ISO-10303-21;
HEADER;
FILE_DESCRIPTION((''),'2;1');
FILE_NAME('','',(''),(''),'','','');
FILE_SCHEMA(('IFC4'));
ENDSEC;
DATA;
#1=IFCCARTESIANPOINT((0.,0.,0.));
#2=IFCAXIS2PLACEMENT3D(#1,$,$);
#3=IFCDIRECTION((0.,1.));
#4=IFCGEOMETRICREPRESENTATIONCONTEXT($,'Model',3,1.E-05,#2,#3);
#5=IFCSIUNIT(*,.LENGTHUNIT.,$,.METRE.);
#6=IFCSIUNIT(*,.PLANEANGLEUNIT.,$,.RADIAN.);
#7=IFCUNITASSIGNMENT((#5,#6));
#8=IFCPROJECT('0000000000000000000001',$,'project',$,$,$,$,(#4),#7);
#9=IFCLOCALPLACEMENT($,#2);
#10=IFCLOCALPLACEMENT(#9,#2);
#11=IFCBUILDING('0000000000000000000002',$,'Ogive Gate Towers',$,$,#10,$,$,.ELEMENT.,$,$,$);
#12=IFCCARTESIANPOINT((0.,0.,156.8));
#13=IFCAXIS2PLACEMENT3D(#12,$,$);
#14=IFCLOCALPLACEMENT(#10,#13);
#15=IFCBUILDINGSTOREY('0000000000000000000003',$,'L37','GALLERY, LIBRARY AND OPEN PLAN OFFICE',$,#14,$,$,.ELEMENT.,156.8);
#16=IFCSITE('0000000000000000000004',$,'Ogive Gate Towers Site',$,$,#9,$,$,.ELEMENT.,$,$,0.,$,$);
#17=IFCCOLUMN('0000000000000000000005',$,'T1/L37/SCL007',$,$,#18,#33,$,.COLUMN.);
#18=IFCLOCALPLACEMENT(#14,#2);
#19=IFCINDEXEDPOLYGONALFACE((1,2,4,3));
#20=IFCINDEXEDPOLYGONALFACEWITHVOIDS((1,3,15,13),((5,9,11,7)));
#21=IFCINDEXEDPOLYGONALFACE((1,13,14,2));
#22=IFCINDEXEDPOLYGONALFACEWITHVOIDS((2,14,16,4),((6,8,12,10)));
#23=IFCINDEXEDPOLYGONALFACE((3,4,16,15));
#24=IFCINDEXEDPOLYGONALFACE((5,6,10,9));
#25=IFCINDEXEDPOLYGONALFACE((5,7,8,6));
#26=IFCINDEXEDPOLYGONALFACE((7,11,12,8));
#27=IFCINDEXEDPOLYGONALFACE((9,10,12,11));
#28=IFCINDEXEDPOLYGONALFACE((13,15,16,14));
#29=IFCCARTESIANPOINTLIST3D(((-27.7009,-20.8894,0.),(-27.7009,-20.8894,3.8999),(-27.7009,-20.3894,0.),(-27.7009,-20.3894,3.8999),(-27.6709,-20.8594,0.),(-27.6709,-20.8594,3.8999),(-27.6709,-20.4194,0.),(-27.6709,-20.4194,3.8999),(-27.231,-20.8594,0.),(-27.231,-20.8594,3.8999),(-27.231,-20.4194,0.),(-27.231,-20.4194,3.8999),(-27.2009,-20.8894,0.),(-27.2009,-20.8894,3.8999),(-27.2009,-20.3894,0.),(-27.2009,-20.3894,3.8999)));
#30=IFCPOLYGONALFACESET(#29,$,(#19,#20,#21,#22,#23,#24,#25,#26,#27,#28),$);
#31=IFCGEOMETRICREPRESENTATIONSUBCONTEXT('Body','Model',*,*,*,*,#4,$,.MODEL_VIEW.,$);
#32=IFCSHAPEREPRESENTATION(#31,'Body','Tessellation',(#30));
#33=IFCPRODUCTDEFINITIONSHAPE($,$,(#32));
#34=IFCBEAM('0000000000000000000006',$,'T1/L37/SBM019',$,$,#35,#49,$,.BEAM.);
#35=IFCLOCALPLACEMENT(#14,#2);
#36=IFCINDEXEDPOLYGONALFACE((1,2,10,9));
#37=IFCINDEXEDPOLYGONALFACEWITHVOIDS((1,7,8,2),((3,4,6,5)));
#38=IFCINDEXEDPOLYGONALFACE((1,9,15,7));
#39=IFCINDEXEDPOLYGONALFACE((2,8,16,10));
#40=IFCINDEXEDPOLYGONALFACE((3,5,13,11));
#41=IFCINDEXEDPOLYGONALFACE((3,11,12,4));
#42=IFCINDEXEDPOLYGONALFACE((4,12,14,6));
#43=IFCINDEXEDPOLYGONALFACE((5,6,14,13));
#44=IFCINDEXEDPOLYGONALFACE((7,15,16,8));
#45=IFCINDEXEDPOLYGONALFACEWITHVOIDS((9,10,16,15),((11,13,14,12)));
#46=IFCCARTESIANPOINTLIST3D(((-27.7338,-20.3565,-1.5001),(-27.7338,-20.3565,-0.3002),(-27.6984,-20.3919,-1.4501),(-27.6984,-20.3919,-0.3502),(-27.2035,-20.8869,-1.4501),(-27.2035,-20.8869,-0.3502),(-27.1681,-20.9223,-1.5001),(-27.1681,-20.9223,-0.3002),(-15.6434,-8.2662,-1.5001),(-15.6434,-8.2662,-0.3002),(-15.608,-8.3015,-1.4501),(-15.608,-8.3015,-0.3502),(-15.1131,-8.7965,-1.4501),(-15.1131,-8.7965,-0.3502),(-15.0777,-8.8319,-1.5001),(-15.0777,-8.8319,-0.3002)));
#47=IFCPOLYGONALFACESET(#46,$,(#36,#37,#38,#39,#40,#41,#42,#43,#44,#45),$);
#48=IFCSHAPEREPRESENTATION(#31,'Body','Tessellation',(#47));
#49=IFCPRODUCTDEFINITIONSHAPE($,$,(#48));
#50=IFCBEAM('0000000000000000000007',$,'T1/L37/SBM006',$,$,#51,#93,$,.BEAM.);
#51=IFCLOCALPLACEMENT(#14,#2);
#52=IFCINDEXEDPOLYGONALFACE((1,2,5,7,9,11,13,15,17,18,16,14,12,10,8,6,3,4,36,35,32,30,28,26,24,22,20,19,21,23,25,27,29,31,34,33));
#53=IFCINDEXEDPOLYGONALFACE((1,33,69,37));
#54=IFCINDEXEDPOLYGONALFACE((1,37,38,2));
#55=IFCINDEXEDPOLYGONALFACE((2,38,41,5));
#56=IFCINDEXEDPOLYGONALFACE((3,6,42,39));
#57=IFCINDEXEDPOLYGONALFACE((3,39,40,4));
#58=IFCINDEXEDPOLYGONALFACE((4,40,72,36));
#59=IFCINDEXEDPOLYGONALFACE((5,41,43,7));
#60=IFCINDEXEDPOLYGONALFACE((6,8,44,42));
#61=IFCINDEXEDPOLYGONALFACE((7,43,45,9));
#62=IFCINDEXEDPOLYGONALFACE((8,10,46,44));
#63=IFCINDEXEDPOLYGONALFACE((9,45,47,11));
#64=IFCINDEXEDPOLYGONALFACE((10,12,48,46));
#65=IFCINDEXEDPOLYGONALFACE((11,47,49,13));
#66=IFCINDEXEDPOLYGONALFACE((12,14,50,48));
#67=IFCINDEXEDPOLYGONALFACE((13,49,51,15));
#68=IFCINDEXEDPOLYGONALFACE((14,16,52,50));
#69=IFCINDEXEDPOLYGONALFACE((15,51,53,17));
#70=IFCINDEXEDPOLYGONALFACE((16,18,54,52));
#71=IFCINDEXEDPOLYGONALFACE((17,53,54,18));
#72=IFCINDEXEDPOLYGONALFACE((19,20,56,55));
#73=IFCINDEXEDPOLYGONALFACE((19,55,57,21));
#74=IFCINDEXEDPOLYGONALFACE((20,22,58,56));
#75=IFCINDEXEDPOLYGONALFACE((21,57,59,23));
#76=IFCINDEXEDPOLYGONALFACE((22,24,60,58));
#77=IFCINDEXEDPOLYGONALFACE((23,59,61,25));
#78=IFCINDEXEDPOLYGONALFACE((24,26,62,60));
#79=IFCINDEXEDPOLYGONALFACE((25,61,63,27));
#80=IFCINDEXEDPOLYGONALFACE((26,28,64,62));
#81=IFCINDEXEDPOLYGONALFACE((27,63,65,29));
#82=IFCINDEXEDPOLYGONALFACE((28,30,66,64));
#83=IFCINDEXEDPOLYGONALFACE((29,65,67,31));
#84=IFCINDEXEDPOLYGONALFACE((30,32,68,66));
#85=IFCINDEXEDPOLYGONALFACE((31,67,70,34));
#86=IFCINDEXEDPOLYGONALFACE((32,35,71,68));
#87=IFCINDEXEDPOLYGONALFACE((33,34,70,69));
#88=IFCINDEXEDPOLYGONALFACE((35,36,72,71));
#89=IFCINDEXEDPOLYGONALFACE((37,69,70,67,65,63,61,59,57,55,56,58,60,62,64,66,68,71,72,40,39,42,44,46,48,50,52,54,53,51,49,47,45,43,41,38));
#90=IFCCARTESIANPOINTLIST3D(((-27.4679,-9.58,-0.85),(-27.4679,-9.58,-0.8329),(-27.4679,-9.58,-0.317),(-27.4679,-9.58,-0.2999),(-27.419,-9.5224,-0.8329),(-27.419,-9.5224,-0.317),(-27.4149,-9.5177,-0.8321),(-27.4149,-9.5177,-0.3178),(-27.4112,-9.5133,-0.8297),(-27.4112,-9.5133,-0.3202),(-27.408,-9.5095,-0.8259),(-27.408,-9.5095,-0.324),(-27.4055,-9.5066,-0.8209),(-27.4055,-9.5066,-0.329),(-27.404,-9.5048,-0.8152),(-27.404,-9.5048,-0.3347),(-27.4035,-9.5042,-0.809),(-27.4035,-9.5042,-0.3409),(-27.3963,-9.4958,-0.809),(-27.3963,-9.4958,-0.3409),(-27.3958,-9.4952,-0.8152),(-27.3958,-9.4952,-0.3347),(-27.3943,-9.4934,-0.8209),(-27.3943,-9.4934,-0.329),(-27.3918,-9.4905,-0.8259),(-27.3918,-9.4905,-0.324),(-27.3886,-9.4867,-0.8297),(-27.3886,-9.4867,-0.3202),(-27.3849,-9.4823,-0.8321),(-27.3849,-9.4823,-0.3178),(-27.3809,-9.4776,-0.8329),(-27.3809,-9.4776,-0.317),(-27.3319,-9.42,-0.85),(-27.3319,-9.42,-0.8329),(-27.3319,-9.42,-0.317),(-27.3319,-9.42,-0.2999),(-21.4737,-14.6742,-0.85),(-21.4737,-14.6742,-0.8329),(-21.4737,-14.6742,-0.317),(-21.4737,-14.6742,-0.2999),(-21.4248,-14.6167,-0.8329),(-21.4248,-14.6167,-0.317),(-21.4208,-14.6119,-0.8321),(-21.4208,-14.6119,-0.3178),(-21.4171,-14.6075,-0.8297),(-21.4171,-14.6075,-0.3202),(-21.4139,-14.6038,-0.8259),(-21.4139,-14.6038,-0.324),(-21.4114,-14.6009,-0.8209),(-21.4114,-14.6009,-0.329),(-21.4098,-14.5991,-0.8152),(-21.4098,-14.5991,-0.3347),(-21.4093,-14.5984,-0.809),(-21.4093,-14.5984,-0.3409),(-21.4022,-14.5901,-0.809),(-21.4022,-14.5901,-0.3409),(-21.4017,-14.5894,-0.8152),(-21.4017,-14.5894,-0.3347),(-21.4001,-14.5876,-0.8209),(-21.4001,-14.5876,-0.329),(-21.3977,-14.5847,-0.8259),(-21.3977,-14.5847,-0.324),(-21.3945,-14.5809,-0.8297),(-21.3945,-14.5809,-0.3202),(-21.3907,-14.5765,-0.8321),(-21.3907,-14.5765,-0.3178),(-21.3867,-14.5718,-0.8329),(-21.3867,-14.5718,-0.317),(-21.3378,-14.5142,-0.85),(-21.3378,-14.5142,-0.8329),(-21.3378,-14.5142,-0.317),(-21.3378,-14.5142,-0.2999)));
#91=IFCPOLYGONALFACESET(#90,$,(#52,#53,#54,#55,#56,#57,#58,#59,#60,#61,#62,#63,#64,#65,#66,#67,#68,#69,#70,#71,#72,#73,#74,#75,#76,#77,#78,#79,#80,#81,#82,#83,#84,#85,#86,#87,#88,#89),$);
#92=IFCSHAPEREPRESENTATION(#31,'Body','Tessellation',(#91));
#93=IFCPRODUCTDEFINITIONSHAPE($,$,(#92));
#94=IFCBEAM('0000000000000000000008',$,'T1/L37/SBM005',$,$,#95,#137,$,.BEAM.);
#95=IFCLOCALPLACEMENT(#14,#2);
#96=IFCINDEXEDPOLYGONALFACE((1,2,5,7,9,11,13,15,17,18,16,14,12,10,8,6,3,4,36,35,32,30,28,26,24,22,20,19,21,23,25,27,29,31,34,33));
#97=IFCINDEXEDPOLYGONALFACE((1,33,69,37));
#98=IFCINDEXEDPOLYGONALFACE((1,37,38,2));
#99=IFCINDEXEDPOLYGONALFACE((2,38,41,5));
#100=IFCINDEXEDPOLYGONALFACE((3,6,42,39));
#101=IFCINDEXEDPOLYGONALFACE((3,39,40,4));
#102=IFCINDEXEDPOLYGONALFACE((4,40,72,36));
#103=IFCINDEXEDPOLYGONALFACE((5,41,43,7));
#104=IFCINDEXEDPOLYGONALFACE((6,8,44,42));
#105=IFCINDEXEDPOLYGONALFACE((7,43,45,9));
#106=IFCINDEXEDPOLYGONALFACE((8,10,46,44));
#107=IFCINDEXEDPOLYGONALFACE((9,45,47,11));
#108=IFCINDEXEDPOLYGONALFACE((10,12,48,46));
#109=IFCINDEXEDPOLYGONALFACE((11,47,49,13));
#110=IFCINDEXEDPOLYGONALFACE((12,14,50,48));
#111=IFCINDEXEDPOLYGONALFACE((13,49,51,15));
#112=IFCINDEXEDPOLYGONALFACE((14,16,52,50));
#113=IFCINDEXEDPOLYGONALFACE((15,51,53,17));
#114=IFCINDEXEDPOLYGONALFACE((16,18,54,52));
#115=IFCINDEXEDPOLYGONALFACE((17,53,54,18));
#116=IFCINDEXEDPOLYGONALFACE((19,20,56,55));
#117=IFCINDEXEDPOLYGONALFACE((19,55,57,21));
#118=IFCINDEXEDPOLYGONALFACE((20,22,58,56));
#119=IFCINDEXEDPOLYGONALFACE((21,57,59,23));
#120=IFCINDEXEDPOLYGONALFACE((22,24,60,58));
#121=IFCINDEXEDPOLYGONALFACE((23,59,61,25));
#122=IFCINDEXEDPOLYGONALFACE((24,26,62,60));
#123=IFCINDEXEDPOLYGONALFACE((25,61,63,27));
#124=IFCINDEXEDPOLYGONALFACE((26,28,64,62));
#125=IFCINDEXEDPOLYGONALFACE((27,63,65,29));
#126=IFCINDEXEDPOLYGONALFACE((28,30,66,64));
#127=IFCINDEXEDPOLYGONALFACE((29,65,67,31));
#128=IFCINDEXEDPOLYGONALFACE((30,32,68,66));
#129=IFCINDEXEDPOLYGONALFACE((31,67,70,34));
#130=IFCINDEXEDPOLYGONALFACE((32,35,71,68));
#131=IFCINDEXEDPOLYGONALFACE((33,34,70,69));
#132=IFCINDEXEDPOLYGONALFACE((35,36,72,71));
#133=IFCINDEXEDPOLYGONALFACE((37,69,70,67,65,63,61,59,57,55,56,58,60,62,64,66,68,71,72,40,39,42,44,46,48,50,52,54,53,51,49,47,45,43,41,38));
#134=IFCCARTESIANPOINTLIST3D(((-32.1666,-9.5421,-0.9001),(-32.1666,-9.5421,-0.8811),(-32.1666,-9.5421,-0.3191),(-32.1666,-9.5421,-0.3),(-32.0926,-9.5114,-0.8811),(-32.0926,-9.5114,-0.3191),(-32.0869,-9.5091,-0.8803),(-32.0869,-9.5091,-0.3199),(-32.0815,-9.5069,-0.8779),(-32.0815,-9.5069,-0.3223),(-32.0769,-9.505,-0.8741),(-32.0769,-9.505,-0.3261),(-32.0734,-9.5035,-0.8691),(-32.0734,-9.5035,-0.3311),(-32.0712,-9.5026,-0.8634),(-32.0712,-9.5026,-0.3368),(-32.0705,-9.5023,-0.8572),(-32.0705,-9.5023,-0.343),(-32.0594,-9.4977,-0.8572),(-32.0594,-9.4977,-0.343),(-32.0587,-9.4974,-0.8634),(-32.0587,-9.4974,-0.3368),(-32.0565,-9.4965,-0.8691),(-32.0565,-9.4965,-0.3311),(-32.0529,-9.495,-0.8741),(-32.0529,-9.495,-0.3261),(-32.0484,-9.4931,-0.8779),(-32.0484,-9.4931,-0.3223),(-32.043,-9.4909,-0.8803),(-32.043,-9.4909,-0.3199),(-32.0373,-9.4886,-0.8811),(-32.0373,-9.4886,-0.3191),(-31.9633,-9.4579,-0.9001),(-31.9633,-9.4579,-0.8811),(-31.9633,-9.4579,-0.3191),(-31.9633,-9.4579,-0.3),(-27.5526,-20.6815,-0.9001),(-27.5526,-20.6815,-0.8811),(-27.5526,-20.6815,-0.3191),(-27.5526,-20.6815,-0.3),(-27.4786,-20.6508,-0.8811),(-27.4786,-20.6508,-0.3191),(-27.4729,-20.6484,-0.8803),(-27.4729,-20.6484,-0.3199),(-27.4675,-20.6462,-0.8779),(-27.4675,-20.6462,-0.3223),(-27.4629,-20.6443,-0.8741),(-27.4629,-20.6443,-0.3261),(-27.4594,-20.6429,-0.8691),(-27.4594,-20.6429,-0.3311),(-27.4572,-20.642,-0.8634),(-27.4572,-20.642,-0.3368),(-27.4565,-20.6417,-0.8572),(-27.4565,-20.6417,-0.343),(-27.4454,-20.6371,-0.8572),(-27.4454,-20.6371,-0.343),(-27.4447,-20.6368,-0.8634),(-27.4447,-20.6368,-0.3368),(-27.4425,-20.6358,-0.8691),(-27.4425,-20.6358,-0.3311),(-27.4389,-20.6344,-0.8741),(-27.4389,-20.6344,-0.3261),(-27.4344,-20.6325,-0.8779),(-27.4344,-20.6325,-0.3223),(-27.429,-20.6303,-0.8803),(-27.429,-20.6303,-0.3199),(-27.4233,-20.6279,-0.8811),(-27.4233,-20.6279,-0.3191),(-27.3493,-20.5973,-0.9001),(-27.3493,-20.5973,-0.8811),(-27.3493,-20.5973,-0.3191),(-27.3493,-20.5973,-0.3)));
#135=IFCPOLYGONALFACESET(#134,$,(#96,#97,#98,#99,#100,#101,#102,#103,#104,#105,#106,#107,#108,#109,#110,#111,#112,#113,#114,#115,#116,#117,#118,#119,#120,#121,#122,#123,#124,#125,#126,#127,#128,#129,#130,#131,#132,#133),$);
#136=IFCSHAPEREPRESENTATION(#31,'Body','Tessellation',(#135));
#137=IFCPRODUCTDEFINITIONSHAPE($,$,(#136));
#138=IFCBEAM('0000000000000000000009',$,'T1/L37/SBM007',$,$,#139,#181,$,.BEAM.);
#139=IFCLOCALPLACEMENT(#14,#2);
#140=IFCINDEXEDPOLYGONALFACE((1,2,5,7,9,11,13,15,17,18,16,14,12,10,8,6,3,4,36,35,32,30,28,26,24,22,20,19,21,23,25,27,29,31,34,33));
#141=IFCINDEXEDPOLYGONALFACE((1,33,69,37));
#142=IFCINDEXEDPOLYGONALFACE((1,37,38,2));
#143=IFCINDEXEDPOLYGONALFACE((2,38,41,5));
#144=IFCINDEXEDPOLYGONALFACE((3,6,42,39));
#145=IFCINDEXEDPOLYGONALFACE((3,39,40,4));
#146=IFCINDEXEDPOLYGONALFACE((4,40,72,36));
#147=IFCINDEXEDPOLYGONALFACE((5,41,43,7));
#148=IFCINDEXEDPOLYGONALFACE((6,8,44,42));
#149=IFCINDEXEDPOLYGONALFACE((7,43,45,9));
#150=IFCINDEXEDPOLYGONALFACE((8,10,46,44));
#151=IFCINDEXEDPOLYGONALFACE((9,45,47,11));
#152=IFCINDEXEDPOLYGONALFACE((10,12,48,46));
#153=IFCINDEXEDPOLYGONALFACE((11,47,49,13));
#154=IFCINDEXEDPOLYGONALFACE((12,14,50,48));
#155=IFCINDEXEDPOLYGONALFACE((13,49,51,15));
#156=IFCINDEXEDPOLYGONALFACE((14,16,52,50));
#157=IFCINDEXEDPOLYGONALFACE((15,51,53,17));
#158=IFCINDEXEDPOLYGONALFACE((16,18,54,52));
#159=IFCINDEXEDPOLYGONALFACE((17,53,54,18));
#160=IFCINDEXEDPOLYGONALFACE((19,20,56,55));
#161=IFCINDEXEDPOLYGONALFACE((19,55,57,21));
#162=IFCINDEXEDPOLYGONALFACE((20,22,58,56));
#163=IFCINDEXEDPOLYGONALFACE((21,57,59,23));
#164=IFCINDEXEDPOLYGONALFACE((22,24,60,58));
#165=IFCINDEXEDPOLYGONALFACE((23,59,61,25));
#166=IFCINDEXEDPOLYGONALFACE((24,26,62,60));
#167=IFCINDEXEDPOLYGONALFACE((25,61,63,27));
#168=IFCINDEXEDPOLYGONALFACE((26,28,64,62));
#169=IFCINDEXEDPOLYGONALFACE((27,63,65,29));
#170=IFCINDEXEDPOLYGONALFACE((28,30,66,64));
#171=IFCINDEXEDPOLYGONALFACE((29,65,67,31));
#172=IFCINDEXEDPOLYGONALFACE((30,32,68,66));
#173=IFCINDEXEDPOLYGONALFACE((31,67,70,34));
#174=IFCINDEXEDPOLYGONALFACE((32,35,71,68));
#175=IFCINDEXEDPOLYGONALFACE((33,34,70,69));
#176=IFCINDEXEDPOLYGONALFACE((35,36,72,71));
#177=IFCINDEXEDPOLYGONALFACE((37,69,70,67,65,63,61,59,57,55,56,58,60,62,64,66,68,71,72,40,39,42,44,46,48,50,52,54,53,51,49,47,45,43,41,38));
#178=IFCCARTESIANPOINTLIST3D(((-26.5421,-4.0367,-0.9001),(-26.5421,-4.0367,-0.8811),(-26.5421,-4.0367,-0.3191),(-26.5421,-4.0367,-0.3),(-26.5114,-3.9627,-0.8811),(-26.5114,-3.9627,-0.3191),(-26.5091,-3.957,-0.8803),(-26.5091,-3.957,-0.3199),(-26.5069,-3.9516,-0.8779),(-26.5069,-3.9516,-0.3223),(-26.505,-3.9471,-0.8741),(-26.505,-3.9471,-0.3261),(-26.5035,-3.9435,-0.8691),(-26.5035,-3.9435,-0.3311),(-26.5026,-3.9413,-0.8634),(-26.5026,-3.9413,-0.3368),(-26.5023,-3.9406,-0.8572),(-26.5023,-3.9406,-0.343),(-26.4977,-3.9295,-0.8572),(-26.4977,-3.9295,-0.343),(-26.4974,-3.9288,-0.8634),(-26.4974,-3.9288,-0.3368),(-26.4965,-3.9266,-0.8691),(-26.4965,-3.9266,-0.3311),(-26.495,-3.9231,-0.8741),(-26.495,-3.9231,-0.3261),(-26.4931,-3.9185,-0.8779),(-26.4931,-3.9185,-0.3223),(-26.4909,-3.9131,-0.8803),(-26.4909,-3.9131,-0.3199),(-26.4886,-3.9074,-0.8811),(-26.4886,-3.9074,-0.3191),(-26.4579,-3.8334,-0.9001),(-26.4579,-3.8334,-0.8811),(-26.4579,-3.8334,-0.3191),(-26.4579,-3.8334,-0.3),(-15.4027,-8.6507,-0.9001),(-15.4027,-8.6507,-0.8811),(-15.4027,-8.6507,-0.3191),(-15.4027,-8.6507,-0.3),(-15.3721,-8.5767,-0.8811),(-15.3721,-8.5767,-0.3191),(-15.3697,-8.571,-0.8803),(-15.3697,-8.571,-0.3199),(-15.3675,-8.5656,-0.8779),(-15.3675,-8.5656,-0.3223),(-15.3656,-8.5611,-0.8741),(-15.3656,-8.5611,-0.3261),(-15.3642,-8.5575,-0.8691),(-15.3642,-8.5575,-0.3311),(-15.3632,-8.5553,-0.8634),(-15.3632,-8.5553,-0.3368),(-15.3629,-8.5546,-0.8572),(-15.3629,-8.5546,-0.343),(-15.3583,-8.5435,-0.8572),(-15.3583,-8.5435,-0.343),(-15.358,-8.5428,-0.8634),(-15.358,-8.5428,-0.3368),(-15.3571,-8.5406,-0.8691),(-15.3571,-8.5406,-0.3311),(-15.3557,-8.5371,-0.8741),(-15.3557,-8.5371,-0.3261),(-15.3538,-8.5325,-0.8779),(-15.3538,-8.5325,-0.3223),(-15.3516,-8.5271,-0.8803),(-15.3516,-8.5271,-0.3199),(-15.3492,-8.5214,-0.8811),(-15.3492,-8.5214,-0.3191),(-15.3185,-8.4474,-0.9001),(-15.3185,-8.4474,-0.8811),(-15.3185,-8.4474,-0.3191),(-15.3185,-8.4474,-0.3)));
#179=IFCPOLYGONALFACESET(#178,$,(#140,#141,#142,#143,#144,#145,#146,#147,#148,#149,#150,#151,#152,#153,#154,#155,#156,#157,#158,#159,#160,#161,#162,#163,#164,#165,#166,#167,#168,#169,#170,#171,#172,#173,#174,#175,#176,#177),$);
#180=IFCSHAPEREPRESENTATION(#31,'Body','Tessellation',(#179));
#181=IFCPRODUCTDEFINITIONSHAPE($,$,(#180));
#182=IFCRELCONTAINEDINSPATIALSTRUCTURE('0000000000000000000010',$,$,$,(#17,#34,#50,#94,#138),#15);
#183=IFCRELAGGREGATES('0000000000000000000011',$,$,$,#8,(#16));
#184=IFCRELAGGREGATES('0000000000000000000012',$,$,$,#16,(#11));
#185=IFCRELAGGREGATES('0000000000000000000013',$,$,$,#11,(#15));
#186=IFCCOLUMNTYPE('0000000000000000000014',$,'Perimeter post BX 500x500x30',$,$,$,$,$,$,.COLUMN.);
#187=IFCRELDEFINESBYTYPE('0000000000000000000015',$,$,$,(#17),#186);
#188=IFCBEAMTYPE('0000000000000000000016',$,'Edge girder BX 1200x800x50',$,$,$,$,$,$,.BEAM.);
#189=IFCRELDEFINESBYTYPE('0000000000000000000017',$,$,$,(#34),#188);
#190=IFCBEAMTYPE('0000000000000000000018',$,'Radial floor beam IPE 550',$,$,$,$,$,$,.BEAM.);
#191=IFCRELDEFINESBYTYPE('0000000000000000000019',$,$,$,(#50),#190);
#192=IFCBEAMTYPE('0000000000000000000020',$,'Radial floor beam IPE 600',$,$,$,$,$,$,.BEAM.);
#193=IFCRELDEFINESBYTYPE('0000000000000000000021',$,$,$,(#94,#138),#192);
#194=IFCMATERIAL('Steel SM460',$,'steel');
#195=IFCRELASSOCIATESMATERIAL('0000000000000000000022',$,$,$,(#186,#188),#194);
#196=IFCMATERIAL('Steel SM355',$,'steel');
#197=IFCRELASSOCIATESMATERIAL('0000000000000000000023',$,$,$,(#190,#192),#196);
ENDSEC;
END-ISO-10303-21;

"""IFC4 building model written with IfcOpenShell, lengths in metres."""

from ifc_helpers import new_model, si_unit, direction, frame, origin, origin_2d, place, context, subcontext, project, spatial, hollow_rectangle, i_section, extrude, material, material_profile, profile_set, type_object, element, save


model = new_model("IFC4")

# Units and contexts
model_context = context("Model", 3, precision=1e-05, world=origin(), true_north=direction((0.0, 1.0)))
body_context = subcontext(model_context, "Body", "Model", "MODEL_VIEW")
ifc_project = project(units=[si_unit("LENGTHUNIT", "METRE"), si_unit("PLANEANGLEUNIT", "RADIAN")], contexts=[model_context])

# Site, building, storey
site_placement = place(None, origin())
site = spatial("IfcSite", under=ifc_project, at=site_placement, Name="Ogive Gate Towers Site", CompositionType="ELEMENT", RefElevation=0.0)
building_placement = place(site_placement, origin())
building = spatial("IfcBuilding", under=site, at=building_placement, Name="Ogive Gate Towers", CompositionType="ELEMENT")
storey_placement = place(building_placement, frame((0.0, 0.0, 156.8)))
storey = spatial("IfcBuildingStorey", under=building, at=storey_placement, Name="L37", Description="GALLERY, LIBRARY AND OPEN PLAN OFFICE", CompositionType="ELEMENT", Elevation=156.8)

# Column
ifc_material_1 = material(Name="Steel SM460", Category="steel")
ifc_material_profile_1 = material_profile(ifc_material_1, hollow_rectangle(XDim=0.5, YDim=0.5, WallThickness=0.03, at=origin_2d()), Name="BX 500x500x30")
ifc_profile_set_1 = profile_set([ifc_material_profile_1], Name="Steel SM460")
column_type = type_object("IfcColumnType", Name="Perimeter post BX 500x500x30", PredefinedType="COLUMN", material=ifc_profile_set_1)
column_placement = place(storey_placement, frame((-27.4509, -20.6394, 0.0), z_axis=(0.0, 0.0, 1.0), x_axis=(1.0, 0.0, 0.0)))
element("IfcColumn", 1, at=column_placement, inside=storey, type_object=column_type, Name="T1/L37/SCL007", PredefinedType="COLUMN", context=body_context, shape_type="SweptSolid", body=[
    extrude(hollow_rectangle(XDim=0.5, YDim=0.5, WallThickness=0.03, at=origin_2d()), origin(), (0.0, 0.0, 1.0), 3.8999),
])

# Beams
ifc_material_profile_2 = material_profile(ifc_material_1, hollow_rectangle(XDim=0.8, YDim=1.2, WallThickness=0.05, at=origin_2d()), Name="BX 1200x800x50")
ifc_profile_set_2 = profile_set([ifc_material_profile_2], Name="Steel SM460")
beam_type_1 = type_object("IfcBeamType", Name="Edge girder BX 1200x800x50", PredefinedType="BEAM", material=ifc_profile_set_2)
beam_1_placement = place(storey_placement, frame((-27.4509, -20.6394, -0.9001), z_axis=(0.707107, 0.707107, 0.0), x_axis=(-0.707107, 0.707107, 0.0)))
element("IfcBeam", 2, at=beam_1_placement, inside=storey, type_object=beam_type_1, Name="T1/L37/SBM019", PredefinedType="BEAM", context=body_context, shape_type="SweptSolid", body=[
    extrude(hollow_rectangle(XDim=0.8, YDim=1.2, WallThickness=0.05, at=origin_2d()), origin(), (0.0, 0.0, 1.0), 17.0984),
])
ifc_material_2 = material(Name="Steel SM355", Category="steel")
ifc_material_profile_3 = material_profile(ifc_material_2, i_section(OverallWidth=0.21, OverallDepth=0.55, WebThickness=0.011, FlangeThickness=0.0171, FilletRadius=0.0239, at=origin_2d()), Name="IPE 550")
ifc_profile_set_3 = profile_set([ifc_material_profile_3], Name="Steel SM355")
beam_type_2 = type_object("IfcBeamType", Name="Radial floor beam IPE 550", PredefinedType="BEAM", material=ifc_profile_set_3)
beam_2_placement = place(storey_placement, frame((-27.3999, -9.5, -0.575), z_axis=(0.761988, -0.647591, 0.0), x_axis=(0.647591, 0.761988, 0.0)))
element("IfcBeam", 3, at=beam_2_placement, inside=storey, type_object=beam_type_2, Name="T1/L37/SBM006", PredefinedType="BEAM", context=body_context, shape_type="SweptSolid", body=[
    extrude(i_section(OverallWidth=0.21, OverallDepth=0.55, WebThickness=0.011, FlangeThickness=0.0171, FilletRadius=0.0239, at=origin_2d()), origin(), (0.0, 0.0, 1.0), 7.8665),
])
ifc_material_profile_4 = material_profile(ifc_material_2, i_section(OverallWidth=0.22, OverallDepth=0.6001, WebThickness=0.012, FlangeThickness=0.019, FilletRadius=0.0239, at=origin_2d()), Name="IPE 600")
ifc_profile_set_4 = profile_set([ifc_material_profile_4], Name="Steel SM355")
beam_type_3 = type_object("IfcBeamType", Name="Radial floor beam IPE 600", PredefinedType="BEAM", material=ifc_profile_set_4)
for number, where, z_axis, x_axis, name in (
    (4, (-32.0649, -9.5, -0.6001), (0.382678, -0.923882, 0.0), (0.923882, 0.382678, 0.0), "T1/L37/SBM005"),
    (5, (-26.5, -3.9351, -0.6001), (0.923882, -0.382678, 0.0), (0.382678, 0.923882, 0.0), "T1/L37/SBM007"),
):
    element("IfcBeam", number, at=place(storey_placement, frame(where, z_axis=z_axis, x_axis=x_axis)), inside=storey, type_object=beam_type_3, Name=name, PredefinedType="BEAM", context=body_context, shape_type="SweptSolid", body=[
        extrude(i_section(OverallWidth=0.22, OverallDepth=0.6001, WebThickness=0.012, FlangeThickness=0.019, FilletRadius=0.0239, at=origin_2d()), origin(), (0.0, 0.0, 1.0), 12.0571),
    ])

save(model, "model.ifc")
